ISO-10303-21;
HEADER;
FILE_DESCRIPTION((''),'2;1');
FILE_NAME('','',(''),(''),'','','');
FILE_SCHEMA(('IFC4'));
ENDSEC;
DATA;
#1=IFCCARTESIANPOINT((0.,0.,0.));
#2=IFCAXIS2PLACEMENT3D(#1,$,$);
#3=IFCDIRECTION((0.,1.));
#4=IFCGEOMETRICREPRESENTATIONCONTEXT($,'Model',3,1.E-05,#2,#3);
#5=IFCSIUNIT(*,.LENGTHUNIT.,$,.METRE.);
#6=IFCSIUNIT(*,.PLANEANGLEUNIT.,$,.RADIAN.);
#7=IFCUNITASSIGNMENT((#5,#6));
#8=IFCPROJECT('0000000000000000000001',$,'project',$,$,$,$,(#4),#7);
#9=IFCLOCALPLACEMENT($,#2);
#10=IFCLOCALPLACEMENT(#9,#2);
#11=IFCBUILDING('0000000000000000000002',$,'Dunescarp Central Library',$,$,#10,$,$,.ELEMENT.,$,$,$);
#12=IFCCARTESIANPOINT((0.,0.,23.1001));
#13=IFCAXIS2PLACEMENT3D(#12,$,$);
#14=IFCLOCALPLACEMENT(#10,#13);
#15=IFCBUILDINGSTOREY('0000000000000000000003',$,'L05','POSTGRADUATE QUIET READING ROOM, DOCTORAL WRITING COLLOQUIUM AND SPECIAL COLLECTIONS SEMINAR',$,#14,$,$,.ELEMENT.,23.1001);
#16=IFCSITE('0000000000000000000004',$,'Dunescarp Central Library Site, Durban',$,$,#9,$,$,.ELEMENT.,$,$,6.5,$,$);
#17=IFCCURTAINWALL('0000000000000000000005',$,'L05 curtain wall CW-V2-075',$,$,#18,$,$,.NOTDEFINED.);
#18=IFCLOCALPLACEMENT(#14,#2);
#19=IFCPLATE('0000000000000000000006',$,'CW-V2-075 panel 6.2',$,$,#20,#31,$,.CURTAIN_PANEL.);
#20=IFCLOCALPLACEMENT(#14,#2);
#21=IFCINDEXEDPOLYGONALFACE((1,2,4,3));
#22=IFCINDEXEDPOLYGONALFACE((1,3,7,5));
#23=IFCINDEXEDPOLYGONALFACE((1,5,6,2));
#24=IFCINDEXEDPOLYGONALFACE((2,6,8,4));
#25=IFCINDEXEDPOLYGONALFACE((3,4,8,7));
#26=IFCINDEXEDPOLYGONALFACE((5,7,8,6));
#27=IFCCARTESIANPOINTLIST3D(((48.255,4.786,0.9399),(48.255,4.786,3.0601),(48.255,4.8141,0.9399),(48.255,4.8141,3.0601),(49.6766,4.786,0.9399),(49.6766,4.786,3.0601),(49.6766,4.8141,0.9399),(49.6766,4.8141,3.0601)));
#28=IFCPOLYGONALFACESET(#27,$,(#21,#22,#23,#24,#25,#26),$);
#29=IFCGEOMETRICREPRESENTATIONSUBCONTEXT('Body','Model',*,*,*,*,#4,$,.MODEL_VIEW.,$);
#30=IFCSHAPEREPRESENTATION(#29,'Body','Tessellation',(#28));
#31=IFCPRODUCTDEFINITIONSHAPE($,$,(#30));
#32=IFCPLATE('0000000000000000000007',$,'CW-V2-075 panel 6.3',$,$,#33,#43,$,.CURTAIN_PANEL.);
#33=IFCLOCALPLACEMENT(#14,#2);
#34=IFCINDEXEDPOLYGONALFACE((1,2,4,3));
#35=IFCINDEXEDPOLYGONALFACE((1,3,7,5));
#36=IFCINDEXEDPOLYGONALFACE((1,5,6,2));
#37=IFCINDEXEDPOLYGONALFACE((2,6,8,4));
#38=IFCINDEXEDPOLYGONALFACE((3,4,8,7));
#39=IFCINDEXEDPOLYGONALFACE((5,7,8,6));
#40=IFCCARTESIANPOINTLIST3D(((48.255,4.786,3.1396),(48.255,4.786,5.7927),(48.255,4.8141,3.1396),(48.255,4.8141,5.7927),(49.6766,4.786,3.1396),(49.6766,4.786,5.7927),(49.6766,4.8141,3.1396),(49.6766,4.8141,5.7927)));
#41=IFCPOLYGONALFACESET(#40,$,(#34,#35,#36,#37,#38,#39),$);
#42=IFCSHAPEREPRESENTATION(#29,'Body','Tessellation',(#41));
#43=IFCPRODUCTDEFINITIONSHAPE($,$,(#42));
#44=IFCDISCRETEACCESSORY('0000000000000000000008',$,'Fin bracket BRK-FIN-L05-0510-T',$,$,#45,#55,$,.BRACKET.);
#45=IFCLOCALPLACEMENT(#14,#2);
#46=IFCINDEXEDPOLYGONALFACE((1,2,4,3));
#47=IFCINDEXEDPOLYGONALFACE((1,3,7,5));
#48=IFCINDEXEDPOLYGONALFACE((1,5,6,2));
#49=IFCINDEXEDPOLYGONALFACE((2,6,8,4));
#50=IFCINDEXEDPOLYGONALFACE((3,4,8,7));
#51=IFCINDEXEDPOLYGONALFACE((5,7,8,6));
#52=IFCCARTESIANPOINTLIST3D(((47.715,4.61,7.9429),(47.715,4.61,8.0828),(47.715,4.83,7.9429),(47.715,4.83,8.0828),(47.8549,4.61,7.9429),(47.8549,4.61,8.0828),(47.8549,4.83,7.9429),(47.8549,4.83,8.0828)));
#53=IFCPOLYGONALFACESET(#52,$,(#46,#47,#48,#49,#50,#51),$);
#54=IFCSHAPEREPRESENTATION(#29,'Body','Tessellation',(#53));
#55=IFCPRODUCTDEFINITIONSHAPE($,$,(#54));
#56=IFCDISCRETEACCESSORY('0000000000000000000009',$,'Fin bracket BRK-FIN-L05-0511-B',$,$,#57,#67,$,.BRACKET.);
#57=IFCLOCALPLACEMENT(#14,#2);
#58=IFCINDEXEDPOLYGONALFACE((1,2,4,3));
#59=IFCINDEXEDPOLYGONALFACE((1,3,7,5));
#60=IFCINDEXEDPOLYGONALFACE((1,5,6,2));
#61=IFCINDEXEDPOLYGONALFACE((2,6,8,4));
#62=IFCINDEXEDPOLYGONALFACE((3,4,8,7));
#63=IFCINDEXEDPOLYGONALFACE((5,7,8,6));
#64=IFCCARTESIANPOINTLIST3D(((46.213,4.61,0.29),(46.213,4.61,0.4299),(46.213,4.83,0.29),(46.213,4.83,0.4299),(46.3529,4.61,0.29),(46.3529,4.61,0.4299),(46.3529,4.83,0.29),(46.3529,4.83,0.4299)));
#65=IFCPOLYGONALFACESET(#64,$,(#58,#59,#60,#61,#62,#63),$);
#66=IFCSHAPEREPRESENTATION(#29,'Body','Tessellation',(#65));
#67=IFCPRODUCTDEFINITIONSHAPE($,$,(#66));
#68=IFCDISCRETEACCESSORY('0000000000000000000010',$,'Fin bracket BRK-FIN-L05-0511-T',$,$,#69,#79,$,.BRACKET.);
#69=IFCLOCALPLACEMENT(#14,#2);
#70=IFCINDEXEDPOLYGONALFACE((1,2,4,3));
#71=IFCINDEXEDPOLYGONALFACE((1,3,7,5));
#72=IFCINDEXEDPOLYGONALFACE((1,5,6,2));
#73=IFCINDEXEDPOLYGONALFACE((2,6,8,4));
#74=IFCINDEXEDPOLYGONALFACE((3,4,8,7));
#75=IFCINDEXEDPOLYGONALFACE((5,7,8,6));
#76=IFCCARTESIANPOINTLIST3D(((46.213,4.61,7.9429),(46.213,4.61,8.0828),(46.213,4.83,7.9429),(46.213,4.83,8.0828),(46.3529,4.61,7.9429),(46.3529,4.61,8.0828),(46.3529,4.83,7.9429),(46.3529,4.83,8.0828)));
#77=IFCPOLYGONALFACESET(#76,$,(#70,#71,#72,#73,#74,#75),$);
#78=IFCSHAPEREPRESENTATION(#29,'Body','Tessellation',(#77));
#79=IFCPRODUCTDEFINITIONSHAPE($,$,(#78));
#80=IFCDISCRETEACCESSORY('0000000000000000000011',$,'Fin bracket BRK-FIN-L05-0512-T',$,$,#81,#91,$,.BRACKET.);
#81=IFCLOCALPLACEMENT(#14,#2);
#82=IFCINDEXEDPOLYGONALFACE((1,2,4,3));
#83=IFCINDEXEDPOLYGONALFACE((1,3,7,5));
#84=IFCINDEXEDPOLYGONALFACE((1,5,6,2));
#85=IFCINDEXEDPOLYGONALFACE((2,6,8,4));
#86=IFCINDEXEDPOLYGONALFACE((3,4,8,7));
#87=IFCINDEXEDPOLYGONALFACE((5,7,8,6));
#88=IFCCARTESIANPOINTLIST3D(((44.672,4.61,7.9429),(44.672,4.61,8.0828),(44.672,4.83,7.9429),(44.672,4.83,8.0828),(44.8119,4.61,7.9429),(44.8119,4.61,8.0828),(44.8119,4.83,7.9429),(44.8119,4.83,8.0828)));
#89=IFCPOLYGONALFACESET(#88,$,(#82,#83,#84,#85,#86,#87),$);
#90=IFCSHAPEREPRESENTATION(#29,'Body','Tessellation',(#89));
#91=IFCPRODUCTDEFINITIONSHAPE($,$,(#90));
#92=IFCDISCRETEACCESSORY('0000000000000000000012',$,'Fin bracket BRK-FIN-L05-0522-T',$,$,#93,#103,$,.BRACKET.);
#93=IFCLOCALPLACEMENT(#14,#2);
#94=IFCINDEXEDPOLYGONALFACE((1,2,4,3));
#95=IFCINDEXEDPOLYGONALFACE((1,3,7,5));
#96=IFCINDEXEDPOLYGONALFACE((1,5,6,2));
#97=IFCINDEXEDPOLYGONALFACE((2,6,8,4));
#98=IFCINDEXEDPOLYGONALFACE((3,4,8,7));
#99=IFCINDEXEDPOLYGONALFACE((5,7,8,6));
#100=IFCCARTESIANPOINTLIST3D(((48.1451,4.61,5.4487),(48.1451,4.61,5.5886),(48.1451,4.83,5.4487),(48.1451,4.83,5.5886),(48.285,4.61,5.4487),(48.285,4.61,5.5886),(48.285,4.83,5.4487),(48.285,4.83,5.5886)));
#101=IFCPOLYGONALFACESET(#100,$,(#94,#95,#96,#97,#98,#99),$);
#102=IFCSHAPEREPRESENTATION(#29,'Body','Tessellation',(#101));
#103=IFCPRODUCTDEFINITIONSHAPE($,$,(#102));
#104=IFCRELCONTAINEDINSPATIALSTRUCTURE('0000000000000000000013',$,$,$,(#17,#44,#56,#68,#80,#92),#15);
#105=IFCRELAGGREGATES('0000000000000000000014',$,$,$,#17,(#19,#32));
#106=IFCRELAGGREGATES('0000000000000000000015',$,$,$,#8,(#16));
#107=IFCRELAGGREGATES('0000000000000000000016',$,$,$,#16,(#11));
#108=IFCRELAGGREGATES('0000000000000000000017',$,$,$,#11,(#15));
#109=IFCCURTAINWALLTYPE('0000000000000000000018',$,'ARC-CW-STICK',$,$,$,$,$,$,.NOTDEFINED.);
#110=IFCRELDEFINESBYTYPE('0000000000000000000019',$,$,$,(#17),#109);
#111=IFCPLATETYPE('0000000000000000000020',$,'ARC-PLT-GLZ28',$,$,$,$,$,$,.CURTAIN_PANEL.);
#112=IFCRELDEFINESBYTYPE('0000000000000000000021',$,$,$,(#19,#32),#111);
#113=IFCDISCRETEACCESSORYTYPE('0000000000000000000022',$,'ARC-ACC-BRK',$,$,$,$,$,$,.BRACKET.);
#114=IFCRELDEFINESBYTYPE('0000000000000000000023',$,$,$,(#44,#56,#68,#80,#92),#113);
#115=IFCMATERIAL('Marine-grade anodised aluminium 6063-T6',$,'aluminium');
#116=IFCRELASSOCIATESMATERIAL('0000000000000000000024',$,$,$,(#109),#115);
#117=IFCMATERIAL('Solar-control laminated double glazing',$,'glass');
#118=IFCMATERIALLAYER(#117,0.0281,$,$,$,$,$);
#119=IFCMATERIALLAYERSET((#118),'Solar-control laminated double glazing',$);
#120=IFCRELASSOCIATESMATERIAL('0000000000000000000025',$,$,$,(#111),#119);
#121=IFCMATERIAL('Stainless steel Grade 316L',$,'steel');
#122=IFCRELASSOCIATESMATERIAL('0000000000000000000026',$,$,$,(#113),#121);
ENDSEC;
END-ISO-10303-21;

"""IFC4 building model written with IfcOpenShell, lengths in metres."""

from ifc_helpers import new_model, si_unit, direction, frame, origin, origin_2d, place, context, subcontext, project, spatial, rectangle, extrude, material, layer, layer_set, type_object, element, aggregate, save


model = new_model("IFC4")

# Units and contexts
model_context = context("Model", 3, precision=1e-05, world=origin(), true_north=direction((0.0, 1.0)))
body_context = subcontext(model_context, "Body", "Model", "MODEL_VIEW")
ifc_project = project(units=[si_unit("LENGTHUNIT", "METRE"), si_unit("PLANEANGLEUNIT", "RADIAN")], contexts=[model_context])

# Site, building, storey
site_placement = place(None, origin())
site = spatial("IfcSite", under=ifc_project, at=site_placement, Name="Dunescarp Central Library Site, Durban", CompositionType="ELEMENT", RefElevation=6.5)
building_placement = place(site_placement, origin())
building = spatial("IfcBuilding", under=site, at=building_placement, Name="Dunescarp Central Library", CompositionType="ELEMENT")
storey_placement = place(building_placement, frame((0.0, 0.0, 23.1001)))
storey = spatial("IfcBuildingStorey", under=building, at=storey_placement, Name="L05", Description="POSTGRADUATE QUIET READING ROOM, DOCTORAL WRITING COLLOQUIUM AND SPECIAL COLLECTIONS SEMINAR", CompositionType="ELEMENT", Elevation=23.1001)

# Curtain wall
ifc_material_1 = material(Name="Marine-grade anodised aluminium 6063-T6", Category="aluminium")
curtain_wall_type = type_object("IfcCurtainWallType", Name="ARC-CW-STICK", PredefinedType="NOTDEFINED", material=ifc_material_1)
curtain_wall_1_placement = place(storey_placement, origin())
curtain_wall_1 = element("IfcCurtainWall", 1, at=curtain_wall_1_placement, inside=storey, type_object=curtain_wall_type, Name="L05 curtain wall CW-V2-075", PredefinedType="NOTDEFINED")

# Plates
ifc_material_2 = material(Name="Solar-control laminated double glazing", Category="glass")
ifc_layer = layer(ifc_material_2, 0.0281)
ifc_layer_set = layer_set([ifc_layer], Name="Solar-control laminated double glazing")
plate_type = type_object("IfcPlateType", Name="ARC-PLT-GLZ28", PredefinedType="CURTAIN_PANEL", material=ifc_layer_set)
plate_1_placement = place(storey_placement, frame((48.9658, 4.8, 0.9399), z_axis=(0.0, 0.0, 1.0), x_axis=(-1.0, 0.0, 0.0)))
plate_1 = element("IfcPlate", 2, at=plate_1_placement, type_object=plate_type, Name="CW-V2-075 panel 6.2", PredefinedType="CURTAIN_PANEL", context=body_context, shape_type="SweptSolid", body=[
    extrude(rectangle(XDim=1.4216, YDim=0.0281, at=origin_2d()), origin(), (0.0, 0.0, 1.0), 2.1201),
])
plate_2_placement = place(storey_placement, frame((48.9658, 4.8, 3.1396), z_axis=(0.0, 0.0, 1.0), x_axis=(-1.0, 0.0, 0.0)))
plate_2 = element("IfcPlate", 3, at=plate_2_placement, type_object=plate_type, Name="CW-V2-075 panel 6.3", PredefinedType="CURTAIN_PANEL", context=body_context, shape_type="SweptSolid", body=[
    extrude(rectangle(XDim=1.4216, YDim=0.0281, at=origin_2d()), origin(), (0.0, 0.0, 1.0), 2.6531),
])
aggregate(curtain_wall_1, [plate_1, plate_2])

# Discrete accessories
ifc_material_3 = material(Name="Stainless steel Grade 316L", Category="steel")
discrete_accessory_type = type_object("IfcDiscreteAccessoryType", Name="ARC-ACC-BRK", PredefinedType="BRACKET", material=ifc_material_3)
for number, where, z_axis, x_axis, name in (
    (4, (47.7849, 4.72, 7.9429), (0.0, 0.0, 1.0), (0.0, -1.0, 0.0), "Fin bracket BRK-FIN-L05-0510-T"),
    (5, (46.283, 4.72, 0.29), (0.0, 0.0, 1.0), (0.0, -1.0, 0.0), "Fin bracket BRK-FIN-L05-0511-B"),
    (6, (46.283, 4.72, 7.9429), (0.0, 0.0, 1.0), (0.0, -1.0, 0.0), "Fin bracket BRK-FIN-L05-0511-T"),
    (7, (44.7419, 4.72, 7.9429), (0.0, 0.0, 1.0), (0.0, -1.0, 0.0), "Fin bracket BRK-FIN-L05-0512-T"),
    (8, (48.2151, 4.72, 5.4487), (0.0, 0.0, 1.0), (0.0, -1.0, 0.0), "Fin bracket BRK-FIN-L05-0522-T"),
):
    element("IfcDiscreteAccessory", number, at=place(storey_placement, frame(where, z_axis=z_axis, x_axis=x_axis)), inside=storey, type_object=discrete_accessory_type, Name=name, PredefinedType="BRACKET", context=body_context, shape_type="SweptSolid", body=[
        extrude(rectangle(XDim=0.22, YDim=0.1399, at=origin_2d()), origin(), (0.0, 0.0, 1.0), 0.1399),
    ])

save(model, "model.ifc")
